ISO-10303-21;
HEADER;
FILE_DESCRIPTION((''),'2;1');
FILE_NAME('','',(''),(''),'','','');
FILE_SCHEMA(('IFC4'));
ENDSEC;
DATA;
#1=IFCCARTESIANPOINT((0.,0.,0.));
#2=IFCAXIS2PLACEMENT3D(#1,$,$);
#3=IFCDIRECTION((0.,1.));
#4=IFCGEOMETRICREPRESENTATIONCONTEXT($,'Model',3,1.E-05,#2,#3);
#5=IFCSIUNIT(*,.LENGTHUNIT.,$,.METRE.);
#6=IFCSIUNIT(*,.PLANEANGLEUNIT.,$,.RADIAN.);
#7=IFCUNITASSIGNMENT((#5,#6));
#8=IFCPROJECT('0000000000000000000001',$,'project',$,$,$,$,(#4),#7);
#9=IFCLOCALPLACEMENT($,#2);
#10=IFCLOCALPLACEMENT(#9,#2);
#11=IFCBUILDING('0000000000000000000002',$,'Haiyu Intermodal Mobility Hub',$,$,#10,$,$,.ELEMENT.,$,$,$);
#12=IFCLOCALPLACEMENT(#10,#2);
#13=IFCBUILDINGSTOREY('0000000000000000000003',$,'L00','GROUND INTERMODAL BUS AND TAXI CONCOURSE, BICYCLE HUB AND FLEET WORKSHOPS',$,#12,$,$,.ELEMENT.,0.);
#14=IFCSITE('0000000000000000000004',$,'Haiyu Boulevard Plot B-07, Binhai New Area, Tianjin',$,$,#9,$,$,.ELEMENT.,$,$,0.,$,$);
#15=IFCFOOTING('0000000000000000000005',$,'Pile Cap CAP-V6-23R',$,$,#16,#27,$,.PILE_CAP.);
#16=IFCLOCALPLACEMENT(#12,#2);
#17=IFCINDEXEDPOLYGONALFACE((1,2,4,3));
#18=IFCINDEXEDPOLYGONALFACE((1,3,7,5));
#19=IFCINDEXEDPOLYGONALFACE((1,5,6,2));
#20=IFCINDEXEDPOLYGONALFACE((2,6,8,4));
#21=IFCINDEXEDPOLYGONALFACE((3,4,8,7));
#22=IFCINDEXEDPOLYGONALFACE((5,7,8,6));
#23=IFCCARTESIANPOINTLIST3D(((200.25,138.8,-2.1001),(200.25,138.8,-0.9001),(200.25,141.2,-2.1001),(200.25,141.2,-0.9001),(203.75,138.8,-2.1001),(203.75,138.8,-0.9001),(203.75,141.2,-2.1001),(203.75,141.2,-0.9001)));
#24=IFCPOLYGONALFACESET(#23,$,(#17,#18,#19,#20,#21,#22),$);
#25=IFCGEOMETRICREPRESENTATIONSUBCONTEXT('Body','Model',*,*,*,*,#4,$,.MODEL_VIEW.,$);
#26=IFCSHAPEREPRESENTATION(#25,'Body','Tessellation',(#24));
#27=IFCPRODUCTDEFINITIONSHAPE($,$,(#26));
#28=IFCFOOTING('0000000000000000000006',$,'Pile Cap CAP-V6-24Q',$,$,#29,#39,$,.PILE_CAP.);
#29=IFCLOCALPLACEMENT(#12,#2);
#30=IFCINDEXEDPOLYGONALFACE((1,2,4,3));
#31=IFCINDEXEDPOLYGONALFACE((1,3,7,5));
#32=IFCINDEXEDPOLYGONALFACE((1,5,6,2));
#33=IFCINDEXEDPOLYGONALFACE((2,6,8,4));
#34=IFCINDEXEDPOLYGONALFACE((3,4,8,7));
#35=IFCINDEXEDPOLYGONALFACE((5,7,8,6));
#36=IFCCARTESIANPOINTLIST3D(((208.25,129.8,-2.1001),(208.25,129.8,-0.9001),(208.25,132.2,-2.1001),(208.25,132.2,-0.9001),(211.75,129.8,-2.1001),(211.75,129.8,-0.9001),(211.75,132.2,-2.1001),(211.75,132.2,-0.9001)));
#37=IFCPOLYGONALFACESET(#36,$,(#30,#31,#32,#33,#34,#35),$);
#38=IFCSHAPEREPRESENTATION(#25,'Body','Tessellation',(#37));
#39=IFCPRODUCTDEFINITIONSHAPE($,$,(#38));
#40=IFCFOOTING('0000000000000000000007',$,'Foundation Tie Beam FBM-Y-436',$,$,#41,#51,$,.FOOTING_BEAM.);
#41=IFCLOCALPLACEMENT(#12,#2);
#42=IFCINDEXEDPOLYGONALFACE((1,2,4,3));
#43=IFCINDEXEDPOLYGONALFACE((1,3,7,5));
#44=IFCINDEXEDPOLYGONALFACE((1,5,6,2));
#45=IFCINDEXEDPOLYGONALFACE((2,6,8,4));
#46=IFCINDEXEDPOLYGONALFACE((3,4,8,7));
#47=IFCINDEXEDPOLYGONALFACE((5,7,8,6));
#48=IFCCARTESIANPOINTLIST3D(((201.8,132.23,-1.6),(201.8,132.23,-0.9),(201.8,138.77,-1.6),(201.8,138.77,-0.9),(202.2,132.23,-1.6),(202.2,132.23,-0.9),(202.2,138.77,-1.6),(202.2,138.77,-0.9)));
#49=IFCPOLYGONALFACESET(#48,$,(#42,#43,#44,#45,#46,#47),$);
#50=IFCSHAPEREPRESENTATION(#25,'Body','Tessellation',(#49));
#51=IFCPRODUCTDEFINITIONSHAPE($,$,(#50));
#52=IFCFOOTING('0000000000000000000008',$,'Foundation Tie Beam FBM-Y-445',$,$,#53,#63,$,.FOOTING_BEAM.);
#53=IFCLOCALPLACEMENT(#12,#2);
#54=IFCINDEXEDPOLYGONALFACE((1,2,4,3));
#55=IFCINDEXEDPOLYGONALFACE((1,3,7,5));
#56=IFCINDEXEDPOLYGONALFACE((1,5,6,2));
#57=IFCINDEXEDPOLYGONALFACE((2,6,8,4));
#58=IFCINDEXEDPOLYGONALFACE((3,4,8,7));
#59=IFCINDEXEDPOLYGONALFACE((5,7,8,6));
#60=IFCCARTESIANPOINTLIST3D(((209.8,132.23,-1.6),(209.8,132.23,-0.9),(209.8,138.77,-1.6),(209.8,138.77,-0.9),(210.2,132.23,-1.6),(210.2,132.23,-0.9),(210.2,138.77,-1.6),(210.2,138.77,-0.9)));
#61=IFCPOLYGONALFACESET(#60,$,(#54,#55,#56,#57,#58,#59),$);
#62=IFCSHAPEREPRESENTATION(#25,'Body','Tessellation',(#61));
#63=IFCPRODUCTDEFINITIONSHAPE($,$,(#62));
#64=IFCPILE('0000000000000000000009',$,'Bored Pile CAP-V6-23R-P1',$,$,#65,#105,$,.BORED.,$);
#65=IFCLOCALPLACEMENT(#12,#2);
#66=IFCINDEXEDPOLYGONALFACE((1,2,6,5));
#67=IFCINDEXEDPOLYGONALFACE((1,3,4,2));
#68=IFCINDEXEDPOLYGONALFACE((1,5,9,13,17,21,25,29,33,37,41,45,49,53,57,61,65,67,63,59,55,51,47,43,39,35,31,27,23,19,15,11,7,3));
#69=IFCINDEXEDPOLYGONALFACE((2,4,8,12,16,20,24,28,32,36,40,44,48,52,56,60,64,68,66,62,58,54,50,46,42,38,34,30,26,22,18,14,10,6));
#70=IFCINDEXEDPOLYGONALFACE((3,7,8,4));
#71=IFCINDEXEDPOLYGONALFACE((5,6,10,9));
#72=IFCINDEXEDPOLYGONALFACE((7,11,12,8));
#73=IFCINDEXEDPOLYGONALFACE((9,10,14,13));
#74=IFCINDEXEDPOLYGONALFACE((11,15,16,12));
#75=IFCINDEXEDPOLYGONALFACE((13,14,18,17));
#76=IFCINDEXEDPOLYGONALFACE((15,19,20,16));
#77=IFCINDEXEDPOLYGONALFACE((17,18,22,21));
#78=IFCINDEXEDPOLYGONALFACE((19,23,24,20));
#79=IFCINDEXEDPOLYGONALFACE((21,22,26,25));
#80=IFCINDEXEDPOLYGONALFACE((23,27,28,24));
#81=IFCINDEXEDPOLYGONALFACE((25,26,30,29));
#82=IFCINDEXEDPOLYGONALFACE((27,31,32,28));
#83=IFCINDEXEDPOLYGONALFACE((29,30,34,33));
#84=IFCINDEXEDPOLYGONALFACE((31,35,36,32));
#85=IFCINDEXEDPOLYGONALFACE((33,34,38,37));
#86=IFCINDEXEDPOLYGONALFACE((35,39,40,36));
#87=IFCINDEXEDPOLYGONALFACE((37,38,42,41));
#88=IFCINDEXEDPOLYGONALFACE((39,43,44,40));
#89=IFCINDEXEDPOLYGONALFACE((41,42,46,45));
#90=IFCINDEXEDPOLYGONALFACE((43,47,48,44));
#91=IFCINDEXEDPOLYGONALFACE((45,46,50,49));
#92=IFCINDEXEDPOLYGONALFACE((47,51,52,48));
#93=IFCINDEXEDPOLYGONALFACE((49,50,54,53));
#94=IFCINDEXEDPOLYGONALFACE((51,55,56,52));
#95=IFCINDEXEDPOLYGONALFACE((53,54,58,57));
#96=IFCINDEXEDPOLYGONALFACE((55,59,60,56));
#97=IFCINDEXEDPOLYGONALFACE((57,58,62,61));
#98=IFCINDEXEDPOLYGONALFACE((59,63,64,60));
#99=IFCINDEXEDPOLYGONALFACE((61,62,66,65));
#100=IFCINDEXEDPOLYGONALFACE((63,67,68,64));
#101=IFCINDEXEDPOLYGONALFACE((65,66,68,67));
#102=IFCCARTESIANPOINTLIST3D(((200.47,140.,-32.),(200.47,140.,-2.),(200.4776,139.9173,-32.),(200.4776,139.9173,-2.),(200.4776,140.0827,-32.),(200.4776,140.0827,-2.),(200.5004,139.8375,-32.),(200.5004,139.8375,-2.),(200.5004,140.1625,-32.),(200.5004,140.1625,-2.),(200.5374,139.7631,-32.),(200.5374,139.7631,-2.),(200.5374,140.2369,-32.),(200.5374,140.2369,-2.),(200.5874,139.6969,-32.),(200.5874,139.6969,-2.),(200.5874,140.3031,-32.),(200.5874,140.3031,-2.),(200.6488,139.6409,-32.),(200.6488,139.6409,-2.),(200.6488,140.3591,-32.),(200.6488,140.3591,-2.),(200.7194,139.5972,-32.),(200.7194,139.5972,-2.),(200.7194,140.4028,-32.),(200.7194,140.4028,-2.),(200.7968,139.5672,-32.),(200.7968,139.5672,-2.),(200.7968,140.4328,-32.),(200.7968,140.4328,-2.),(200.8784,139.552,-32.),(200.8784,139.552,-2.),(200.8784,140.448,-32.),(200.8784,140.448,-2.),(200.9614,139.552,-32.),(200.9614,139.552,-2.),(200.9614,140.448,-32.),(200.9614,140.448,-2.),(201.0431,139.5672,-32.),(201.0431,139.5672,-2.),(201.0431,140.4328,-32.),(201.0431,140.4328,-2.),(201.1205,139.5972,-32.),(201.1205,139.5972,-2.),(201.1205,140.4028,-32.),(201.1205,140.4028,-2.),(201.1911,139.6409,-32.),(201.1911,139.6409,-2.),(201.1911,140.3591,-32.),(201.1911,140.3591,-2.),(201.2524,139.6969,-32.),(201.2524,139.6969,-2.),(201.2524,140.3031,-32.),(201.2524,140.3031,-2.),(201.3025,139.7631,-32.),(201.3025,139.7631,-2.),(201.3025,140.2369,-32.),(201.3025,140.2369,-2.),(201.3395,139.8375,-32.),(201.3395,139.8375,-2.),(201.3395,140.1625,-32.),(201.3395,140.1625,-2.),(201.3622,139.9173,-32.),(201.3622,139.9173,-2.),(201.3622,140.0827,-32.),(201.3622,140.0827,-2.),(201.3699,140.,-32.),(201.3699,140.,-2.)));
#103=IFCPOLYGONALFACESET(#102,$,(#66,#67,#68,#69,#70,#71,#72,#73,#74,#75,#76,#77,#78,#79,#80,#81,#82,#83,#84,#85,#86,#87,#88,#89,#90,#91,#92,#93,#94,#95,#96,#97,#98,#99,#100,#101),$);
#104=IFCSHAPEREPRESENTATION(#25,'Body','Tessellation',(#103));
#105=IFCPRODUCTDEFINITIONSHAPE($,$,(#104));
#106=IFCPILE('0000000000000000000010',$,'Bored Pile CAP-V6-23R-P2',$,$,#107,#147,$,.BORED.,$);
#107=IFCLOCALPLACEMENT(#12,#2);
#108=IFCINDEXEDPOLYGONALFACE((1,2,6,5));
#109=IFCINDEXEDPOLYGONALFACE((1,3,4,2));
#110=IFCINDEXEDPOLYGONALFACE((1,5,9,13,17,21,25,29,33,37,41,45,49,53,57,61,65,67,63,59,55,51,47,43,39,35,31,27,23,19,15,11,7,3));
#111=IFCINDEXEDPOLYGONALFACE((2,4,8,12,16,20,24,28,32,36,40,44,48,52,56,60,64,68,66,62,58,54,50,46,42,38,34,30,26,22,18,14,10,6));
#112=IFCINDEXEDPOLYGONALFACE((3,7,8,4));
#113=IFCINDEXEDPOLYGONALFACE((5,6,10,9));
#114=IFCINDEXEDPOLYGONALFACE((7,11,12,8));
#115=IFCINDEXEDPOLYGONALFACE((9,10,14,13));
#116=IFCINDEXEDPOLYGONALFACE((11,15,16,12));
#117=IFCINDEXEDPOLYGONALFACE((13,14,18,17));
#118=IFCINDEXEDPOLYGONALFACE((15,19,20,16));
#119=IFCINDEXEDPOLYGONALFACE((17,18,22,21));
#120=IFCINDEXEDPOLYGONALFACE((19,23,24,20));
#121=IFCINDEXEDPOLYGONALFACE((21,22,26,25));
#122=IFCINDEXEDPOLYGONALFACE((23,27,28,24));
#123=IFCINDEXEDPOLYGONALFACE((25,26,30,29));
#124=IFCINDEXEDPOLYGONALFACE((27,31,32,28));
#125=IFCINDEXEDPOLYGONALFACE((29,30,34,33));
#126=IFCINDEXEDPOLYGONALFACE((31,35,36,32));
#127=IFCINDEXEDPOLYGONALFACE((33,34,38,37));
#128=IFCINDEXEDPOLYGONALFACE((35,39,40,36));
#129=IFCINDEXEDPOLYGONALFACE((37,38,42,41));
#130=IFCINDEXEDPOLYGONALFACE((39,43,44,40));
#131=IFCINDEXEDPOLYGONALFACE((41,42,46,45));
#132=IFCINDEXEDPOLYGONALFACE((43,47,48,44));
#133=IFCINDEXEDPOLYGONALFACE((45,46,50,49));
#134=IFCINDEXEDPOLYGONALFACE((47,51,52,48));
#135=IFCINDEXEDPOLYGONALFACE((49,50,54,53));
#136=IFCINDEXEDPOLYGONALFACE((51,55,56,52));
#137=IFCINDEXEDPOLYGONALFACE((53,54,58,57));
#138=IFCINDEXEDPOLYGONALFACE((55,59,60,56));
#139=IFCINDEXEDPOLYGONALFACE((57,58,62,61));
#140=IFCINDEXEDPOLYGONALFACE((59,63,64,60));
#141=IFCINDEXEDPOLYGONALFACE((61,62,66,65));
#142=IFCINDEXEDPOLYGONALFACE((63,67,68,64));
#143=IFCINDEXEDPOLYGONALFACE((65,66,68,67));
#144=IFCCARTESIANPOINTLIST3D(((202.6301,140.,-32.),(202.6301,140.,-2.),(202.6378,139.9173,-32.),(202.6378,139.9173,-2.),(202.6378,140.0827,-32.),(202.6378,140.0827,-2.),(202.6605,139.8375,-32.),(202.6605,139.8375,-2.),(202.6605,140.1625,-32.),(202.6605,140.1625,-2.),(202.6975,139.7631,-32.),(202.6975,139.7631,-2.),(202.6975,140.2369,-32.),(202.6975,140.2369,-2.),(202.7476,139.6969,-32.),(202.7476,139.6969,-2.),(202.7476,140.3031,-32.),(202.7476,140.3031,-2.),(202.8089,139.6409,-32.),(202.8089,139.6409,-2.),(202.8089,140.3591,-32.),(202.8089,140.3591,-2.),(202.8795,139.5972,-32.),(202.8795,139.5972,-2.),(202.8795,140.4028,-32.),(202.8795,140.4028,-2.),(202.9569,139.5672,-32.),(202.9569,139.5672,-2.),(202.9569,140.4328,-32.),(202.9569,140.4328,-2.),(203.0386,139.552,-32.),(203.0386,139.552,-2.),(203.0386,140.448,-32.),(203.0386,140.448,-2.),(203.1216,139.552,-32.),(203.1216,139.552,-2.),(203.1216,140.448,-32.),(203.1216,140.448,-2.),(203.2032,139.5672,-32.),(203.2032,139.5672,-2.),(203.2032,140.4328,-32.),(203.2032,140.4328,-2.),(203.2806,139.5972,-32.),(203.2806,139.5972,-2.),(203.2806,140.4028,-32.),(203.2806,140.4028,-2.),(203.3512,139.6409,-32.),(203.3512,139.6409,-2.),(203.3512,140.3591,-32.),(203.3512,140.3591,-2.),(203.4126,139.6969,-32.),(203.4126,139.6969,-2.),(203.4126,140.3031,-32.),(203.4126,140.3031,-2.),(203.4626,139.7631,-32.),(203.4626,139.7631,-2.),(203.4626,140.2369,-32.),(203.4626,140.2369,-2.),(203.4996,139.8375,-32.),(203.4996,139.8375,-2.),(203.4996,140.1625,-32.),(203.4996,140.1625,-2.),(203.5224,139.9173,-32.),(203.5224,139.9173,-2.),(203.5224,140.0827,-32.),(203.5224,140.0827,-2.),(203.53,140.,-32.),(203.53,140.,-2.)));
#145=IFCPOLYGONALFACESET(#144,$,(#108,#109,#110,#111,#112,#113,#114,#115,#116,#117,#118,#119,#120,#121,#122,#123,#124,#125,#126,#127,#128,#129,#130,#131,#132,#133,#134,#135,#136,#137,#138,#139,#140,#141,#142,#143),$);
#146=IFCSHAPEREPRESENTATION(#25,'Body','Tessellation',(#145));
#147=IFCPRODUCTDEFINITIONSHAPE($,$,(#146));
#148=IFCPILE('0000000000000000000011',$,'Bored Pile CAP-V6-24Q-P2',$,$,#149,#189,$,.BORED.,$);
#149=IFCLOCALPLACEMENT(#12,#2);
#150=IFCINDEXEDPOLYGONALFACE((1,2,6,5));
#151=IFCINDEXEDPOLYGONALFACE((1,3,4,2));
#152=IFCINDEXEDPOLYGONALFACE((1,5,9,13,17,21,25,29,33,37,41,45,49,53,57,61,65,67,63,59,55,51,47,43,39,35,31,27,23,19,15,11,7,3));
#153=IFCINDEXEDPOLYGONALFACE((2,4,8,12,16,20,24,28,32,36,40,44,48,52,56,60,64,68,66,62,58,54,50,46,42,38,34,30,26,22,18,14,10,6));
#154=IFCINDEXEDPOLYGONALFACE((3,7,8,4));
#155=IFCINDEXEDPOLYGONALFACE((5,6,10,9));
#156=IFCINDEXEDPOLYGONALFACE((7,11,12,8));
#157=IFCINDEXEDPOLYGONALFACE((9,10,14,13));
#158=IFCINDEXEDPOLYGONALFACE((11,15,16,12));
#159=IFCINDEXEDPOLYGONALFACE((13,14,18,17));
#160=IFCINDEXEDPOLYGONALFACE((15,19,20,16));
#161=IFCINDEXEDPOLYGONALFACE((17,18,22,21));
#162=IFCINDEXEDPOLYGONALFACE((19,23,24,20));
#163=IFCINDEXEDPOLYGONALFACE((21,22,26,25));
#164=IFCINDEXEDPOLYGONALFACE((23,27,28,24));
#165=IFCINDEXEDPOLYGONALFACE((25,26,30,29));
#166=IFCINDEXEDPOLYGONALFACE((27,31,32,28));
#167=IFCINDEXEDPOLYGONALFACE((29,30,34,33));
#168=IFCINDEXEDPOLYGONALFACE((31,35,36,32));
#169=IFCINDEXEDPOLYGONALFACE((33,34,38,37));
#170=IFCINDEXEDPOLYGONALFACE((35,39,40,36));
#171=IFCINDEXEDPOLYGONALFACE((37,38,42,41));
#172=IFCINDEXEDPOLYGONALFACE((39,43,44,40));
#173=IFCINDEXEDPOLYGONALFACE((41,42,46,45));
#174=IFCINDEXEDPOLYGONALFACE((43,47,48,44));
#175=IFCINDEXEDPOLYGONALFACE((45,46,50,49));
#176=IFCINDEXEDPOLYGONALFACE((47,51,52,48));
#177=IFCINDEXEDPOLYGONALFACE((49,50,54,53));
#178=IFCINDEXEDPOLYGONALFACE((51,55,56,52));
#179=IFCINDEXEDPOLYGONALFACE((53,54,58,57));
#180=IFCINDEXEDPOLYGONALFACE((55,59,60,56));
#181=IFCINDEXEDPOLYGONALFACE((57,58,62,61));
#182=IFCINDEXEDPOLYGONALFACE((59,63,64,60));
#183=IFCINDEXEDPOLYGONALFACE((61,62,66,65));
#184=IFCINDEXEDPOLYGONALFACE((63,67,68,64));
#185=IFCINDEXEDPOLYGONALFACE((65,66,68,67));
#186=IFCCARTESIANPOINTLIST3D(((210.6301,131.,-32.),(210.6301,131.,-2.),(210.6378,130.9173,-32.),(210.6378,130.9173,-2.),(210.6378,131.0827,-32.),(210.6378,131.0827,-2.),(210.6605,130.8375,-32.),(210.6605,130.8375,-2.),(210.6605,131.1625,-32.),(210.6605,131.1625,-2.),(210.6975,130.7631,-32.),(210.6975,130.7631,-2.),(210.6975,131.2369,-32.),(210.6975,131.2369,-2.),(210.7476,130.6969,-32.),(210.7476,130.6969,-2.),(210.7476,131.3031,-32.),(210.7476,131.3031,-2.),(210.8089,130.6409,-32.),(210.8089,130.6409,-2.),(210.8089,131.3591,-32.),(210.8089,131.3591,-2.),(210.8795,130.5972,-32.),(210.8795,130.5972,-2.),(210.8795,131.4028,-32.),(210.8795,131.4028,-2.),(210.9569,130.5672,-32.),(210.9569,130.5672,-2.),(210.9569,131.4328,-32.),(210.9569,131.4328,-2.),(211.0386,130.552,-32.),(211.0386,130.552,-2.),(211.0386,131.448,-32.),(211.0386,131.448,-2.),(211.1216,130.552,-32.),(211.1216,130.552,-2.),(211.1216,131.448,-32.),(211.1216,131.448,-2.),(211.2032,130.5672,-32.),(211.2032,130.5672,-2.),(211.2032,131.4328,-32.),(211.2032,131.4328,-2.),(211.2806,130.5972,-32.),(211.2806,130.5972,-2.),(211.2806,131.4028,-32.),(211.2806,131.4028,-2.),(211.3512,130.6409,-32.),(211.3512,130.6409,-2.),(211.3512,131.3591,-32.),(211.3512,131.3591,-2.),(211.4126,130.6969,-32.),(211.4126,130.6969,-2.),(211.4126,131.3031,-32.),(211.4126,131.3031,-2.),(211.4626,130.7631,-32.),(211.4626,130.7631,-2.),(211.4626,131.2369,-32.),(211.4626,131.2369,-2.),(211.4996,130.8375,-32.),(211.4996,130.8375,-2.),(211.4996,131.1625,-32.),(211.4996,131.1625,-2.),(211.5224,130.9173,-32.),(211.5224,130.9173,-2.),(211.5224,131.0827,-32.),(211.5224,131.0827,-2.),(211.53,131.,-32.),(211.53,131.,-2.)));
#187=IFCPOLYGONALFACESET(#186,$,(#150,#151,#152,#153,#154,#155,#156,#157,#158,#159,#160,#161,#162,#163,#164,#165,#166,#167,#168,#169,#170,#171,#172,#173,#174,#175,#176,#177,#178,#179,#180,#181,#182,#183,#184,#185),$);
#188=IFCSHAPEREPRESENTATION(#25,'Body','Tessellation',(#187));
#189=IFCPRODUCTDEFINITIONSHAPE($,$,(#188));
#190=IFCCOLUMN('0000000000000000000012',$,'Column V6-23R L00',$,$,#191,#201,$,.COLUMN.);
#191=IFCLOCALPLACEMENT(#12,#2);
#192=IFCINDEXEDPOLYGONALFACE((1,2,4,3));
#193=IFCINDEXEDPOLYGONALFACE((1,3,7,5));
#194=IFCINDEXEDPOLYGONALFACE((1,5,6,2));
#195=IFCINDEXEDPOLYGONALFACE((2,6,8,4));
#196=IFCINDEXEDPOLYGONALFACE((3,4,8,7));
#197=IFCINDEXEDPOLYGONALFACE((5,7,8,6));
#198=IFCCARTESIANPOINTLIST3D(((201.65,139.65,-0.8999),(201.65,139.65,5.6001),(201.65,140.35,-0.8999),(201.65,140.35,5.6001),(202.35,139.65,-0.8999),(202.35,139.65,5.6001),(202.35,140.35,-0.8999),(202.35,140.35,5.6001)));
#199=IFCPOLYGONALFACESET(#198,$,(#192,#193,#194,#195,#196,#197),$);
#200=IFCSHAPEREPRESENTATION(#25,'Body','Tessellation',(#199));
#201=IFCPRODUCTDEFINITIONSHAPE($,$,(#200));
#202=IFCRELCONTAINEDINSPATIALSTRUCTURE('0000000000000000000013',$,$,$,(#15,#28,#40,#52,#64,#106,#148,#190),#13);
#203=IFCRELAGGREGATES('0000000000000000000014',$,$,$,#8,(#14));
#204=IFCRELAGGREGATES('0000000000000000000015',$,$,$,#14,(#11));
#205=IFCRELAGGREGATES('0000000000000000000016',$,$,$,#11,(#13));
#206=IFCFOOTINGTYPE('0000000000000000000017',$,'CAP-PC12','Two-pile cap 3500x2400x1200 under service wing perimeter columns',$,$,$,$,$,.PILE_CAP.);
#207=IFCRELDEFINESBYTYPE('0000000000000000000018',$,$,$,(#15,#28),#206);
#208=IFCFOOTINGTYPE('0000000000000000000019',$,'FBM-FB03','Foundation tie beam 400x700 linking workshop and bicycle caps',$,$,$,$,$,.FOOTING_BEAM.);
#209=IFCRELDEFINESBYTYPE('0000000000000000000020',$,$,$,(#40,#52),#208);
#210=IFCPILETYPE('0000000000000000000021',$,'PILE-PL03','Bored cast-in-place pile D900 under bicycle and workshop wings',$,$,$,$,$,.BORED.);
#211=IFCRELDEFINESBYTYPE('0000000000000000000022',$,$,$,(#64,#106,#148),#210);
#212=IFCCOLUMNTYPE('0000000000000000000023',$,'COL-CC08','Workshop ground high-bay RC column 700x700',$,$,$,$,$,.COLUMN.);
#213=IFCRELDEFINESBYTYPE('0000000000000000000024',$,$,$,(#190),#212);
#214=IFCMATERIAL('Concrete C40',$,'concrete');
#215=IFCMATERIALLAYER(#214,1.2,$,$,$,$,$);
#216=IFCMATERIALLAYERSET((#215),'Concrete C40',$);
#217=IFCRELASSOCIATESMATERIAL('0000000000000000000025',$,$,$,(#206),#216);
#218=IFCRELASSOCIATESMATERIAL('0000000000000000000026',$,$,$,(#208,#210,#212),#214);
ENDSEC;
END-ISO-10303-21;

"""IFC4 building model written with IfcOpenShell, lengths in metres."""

from ifc_helpers import new_model, si_unit, direction, frame, origin, origin_2d, place, context, subcontext, project, spatial, rectangle, circle, extrude, material, layer, layer_set, material_profile, profile_set, type_object, element, save


model = new_model("IFC4")

# Units and contexts
model_context = context("Model", 3, precision=1e-05, world=origin(), true_north=direction((0.0, 1.0)))
body_context = subcontext(model_context, "Body", "Model", "MODEL_VIEW")
ifc_project = project(units=[si_unit("LENGTHUNIT", "METRE"), si_unit("PLANEANGLEUNIT", "RADIAN")], contexts=[model_context])

# Site, building, storey
site_placement = place(None, origin())
site = spatial("IfcSite", under=ifc_project, at=site_placement, Name="Haiyu Boulevard Plot B-07, Binhai New Area, Tianjin", CompositionType="ELEMENT", RefElevation=0.0)
building_placement = place(site_placement, origin())
building = spatial("IfcBuilding", under=site, at=building_placement, Name="Haiyu Intermodal Mobility Hub", CompositionType="ELEMENT")
storey_placement = place(building_placement, origin())
storey = spatial("IfcBuildingStorey", under=building, at=storey_placement, Name="L00", Description="GROUND INTERMODAL BUS AND TAXI CONCOURSE, BICYCLE HUB AND FLEET WORKSHOPS", CompositionType="ELEMENT", Elevation=0.0)

# Footings
ifc_material_1 = material(Name="Concrete C40", Category="concrete")
ifc_layer_1 = layer(ifc_material_1, 1.2)
ifc_layer_set_1 = layer_set([ifc_layer_1], Name="Concrete C40")
footing_type_1 = type_object("IfcFootingType", Name="CAP-PC12", Description="Two-pile cap 3500x2400x1200 under service wing perimeter columns", PredefinedType="PILE_CAP", material=ifc_layer_set_1)
for number, where, z_axis, x_axis, name in (
    (1, (202.0, 140.0, -2.1001), (0.0, 0.0, 1.0), (1.0, 0.0, 0.0), "Pile Cap CAP-V6-23R"),
    (2, (210.0, 131.0, -2.1001), (0.0, 0.0, 1.0), (1.0, 0.0, 0.0), "Pile Cap CAP-V6-24Q"),
):
    element("IfcFooting", number, at=place(storey_placement, frame(where, z_axis=z_axis, x_axis=x_axis)), inside=storey, type_object=footing_type_1, Name=name, PredefinedType="PILE_CAP", context=body_context, shape_type="SweptSolid", body=[
        extrude(rectangle(XDim=3.5, YDim=2.3999, at=origin_2d()), origin(), (0.0, 0.0, 1.0), 1.2),
    ])
ifc_material_profile_1 = material_profile(ifc_material_1, rectangle(XDim=0.3999, YDim=0.7, at=origin_2d()), Name="FB400x700")
ifc_profile_set_1 = profile_set([ifc_material_profile_1], Name="Concrete C40")
footing_type_2 = type_object("IfcFootingType", Name="FBM-FB03", Description="Foundation tie beam 400x700 linking workshop and bicycle caps", PredefinedType="FOOTING_BEAM", material=ifc_profile_set_1)
for number, where, z_axis, x_axis, name in (
    (3, (202.0, 132.23, -1.25), (0.0, 1.0, 0.0), (-1.0, 0.0, 0.0), "Foundation Tie Beam FBM-Y-436"),
    (4, (210.0, 132.23, -1.25), (0.0, 1.0, 0.0), (-1.0, 0.0, 0.0), "Foundation Tie Beam FBM-Y-445"),
):
    element("IfcFooting", number, at=place(storey_placement, frame(where, z_axis=z_axis, x_axis=x_axis)), inside=storey, type_object=footing_type_2, Name=name, PredefinedType="FOOTING_BEAM", context=body_context, shape_type="SweptSolid", body=[
        extrude(rectangle(XDim=0.3999, YDim=0.7, at=origin_2d()), origin(), (0.0, 0.0, 1.0), 6.54),
    ])

# Piles
ifc_material_profile_2 = material_profile(ifc_material_1, circle(Radius=0.45, at=origin_2d()), Name="PILE-D900")
ifc_profile_set_2 = profile_set([ifc_material_profile_2], Name="Concrete C40")
pile_type = type_object("IfcPileType", Name="PILE-PL03", Description="Bored cast-in-place pile D900 under bicycle and workshop wings", PredefinedType="BORED", material=ifc_profile_set_2)
for number, where, z_axis, x_axis, name in (
    (5, (200.9199, 140.0, -2.0), (0.0, 0.0, -1.0), (1.0, 0.0, 0.0), "Bored Pile CAP-V6-23R-P1"),
    (6, (203.0801, 140.0, -2.0), (0.0, 0.0, -1.0), (1.0, 0.0, 0.0), "Bored Pile CAP-V6-23R-P2"),
    (7, (211.0801, 131.0, -2.0), (0.0, 0.0, -1.0), (1.0, 0.0, 0.0), "Bored Pile CAP-V6-24Q-P2"),
):
    element("IfcPile", number, at=place(storey_placement, frame(where, z_axis=z_axis, x_axis=x_axis)), inside=storey, type_object=pile_type, Name=name, PredefinedType="BORED", context=body_context, shape_type="SweptSolid", body=[
        extrude(circle(Radius=0.45, at=origin_2d()), origin(), (0.0, 0.0, 1.0), 30.0),
    ])

# Column
ifc_material_profile_3 = material_profile(ifc_material_1, rectangle(XDim=0.7, YDim=0.7, at=origin_2d()), Name="RC700x700")
ifc_profile_set_3 = profile_set([ifc_material_profile_3], Name="Concrete C40")
column_type_1 = type_object("IfcColumnType", Name="COL-CC08", Description="Workshop ground high-bay RC column 700x700", PredefinedType="COLUMN", material=ifc_profile_set_3)
column_1_placement = place(storey_placement, frame((202.0, 140.0, -0.8999), z_axis=(0.0, 0.0, 1.0), x_axis=(1.0, 0.0, 0.0)))
element("IfcColumn", 8, at=column_1_placement, inside=storey, type_object=column_type_1, Name="Column V6-23R L00", PredefinedType="COLUMN", context=body_context, shape_type="SweptSolid", body=[
    extrude(rectangle(XDim=0.7, YDim=0.7, at=origin_2d()), origin(), (0.0, 0.0, 1.0), 6.5),
])

save(model, "model.ifc")
